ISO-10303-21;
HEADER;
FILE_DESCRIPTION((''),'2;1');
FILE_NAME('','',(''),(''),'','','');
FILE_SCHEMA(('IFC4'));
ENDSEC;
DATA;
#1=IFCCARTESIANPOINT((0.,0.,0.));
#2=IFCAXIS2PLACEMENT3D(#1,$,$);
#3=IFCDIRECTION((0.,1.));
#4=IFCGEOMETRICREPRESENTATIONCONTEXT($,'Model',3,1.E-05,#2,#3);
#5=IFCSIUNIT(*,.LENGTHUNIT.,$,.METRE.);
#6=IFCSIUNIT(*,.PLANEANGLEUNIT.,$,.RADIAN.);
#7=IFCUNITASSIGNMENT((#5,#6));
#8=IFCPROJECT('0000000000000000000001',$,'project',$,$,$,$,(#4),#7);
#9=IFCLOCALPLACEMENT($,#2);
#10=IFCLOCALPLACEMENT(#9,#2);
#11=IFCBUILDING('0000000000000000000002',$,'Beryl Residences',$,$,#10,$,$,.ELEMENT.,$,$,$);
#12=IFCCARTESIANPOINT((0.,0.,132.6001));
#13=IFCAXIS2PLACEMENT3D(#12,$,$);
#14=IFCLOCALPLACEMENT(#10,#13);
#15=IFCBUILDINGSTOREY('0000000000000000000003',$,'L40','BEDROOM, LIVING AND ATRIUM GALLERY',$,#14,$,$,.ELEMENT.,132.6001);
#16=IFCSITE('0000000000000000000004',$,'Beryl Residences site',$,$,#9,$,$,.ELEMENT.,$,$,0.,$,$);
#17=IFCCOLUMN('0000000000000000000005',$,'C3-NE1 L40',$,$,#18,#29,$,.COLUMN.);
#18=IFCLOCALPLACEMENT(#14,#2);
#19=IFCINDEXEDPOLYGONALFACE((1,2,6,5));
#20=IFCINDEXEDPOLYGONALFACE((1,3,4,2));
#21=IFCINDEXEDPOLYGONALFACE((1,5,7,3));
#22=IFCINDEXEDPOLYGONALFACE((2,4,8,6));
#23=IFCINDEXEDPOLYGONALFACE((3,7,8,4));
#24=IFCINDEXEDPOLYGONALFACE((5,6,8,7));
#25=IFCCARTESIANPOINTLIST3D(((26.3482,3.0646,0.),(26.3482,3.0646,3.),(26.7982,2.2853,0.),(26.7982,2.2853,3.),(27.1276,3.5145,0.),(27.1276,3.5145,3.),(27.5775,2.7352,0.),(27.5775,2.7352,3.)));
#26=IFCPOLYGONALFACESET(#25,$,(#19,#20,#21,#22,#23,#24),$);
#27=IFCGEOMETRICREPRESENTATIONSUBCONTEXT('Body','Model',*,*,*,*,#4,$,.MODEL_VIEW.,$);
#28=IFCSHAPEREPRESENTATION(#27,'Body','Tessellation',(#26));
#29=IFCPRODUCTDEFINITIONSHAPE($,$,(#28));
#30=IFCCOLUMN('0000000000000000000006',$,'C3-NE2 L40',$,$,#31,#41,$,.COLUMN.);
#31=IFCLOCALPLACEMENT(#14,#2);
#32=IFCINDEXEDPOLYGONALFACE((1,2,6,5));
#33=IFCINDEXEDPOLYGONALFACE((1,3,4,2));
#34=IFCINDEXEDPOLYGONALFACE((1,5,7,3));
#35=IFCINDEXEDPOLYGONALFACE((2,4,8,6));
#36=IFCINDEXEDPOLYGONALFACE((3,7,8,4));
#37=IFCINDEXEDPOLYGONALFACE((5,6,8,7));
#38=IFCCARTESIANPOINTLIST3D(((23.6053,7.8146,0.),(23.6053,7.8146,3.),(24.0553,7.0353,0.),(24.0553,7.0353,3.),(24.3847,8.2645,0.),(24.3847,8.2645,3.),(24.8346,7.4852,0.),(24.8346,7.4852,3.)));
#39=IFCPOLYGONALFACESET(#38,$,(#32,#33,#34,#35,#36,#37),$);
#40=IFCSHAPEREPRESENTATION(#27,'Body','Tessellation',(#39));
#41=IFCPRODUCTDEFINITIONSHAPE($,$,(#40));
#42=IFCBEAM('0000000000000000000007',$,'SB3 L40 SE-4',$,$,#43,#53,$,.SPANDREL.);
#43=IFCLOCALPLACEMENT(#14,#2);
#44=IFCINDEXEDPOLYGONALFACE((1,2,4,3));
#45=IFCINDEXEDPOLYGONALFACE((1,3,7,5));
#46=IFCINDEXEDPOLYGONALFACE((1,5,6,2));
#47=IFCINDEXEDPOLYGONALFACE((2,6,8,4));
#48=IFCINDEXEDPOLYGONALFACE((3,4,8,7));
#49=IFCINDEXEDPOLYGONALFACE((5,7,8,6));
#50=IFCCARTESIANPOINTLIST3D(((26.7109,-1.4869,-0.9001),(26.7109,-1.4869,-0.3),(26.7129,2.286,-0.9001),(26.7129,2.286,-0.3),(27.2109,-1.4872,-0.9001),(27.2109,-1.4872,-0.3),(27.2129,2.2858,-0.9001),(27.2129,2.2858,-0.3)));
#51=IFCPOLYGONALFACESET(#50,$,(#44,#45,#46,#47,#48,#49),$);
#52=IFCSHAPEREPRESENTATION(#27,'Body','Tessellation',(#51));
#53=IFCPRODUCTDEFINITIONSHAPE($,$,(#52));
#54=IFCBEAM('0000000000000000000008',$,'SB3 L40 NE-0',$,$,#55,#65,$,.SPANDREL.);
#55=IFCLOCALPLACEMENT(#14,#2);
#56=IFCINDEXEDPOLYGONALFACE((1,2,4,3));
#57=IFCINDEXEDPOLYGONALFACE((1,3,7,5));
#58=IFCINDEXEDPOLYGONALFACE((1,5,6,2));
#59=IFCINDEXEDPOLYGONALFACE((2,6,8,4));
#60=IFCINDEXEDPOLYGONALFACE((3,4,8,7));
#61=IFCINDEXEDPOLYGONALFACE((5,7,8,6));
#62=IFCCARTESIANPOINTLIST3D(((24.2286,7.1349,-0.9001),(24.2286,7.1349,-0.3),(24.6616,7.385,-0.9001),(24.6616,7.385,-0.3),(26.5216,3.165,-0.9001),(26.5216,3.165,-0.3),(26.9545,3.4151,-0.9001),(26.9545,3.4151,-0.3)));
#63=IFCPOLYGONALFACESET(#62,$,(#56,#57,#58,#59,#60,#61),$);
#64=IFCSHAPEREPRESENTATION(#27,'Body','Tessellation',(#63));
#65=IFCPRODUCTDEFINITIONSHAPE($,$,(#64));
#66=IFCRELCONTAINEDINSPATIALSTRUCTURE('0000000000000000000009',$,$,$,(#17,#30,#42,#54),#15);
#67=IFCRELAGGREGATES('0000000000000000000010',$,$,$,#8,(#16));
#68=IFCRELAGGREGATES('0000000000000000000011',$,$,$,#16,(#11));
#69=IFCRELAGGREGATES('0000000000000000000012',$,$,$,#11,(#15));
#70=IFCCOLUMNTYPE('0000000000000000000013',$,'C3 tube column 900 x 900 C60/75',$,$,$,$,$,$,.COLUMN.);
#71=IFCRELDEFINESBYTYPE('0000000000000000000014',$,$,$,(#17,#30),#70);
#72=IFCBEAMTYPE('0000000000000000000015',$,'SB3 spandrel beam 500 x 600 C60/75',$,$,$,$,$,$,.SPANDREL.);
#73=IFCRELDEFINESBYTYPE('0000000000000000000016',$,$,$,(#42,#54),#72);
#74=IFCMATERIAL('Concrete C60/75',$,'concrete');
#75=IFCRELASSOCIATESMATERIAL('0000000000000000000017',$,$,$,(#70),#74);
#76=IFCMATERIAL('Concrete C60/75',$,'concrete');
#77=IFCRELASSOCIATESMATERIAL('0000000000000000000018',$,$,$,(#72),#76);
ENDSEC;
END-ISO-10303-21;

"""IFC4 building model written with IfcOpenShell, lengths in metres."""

from ifc_helpers import new_model, si_unit, direction, frame, origin, origin_2d, place, context, subcontext, project, spatial, rectangle, extrude, material, material_profile, profile_set, type_object, element, save


model = new_model("IFC4")

# Units and contexts
model_context = context("Model", 3, precision=1e-05, world=origin(), true_north=direction((0.0, 1.0)))
body_context = subcontext(model_context, "Body", "Model", "MODEL_VIEW")
ifc_project = project(units=[si_unit("LENGTHUNIT", "METRE"), si_unit("PLANEANGLEUNIT", "RADIAN")], contexts=[model_context])

# Site, building, storey
site_placement = place(None, origin())
site = spatial("IfcSite", under=ifc_project, at=site_placement, Name="Beryl Residences site", CompositionType="ELEMENT", RefElevation=0.0)
building_placement = place(site_placement, origin())
building = spatial("IfcBuilding", under=site, at=building_placement, Name="Beryl Residences", CompositionType="ELEMENT")
storey_placement = place(building_placement, frame((0.0, 0.0, 132.6001)))
storey = spatial("IfcBuildingStorey", under=building, at=storey_placement, Name="L40", Description="BEDROOM, LIVING AND ATRIUM GALLERY", CompositionType="ELEMENT", Elevation=132.6001)

# Columns
ifc_material_1 = material(Name="Concrete C60/75", Category="concrete")
ifc_material_profile_1 = material_profile(ifc_material_1, rectangle(XDim=0.8999, YDim=0.8999, at=origin_2d()))
ifc_profile_set_1 = profile_set([ifc_material_profile_1], Name="Concrete C60/75")
column_type = type_object("IfcColumnType", Name="C3 tube column 900 x 900 C60/75", PredefinedType="COLUMN", material=ifc_profile_set_1)
for number, where, z_axis, x_axis, name in (
    (1, (26.9629, 2.8999, 0.0), (0.0, 0.0, 1.0), (-0.5, 0.866025, 0.0), "C3-NE1 L40"),
    (2, (24.22, 7.6499, 0.0), (0.0, 0.0, 1.0), (-0.5, 0.866025, 0.0), "C3-NE2 L40"),
):
    element("IfcColumn", number, at=place(storey_placement, frame(where, z_axis=z_axis, x_axis=x_axis)), inside=storey, type_object=column_type, Name=name, PredefinedType="COLUMN", context=body_context, shape_type="SweptSolid", body=[
        extrude(rectangle(XDim=0.8999, YDim=0.8999, at=origin_2d()), origin(), (0.0, 0.0, 1.0), 3.0),
    ])

# Beams
ifc_material_2 = material(Name="Concrete C60/75", Category="concrete")
ifc_material_profile_2 = material_profile(ifc_material_2, rectangle(XDim=0.5, YDim=0.6001, at=origin_2d()))
ifc_profile_set_2 = profile_set([ifc_material_profile_2], Name="Concrete C60/75")
beam_type = type_object("IfcBeamType", Name="SB3 spandrel beam 500 x 600 C60/75", PredefinedType="SPANDREL", material=ifc_profile_set_2)
beam_1_placement = place(storey_placement, frame((26.9609, -1.4871, -0.6001), z_axis=(0.000518, 1.0, 0.0), x_axis=(-1.0, 0.000518, 0.0)))
element("IfcBeam", 3, at=beam_1_placement, inside=storey, type_object=beam_type, Name="SB3 L40 SE-4", PredefinedType="SPANDREL", context=body_context, shape_type="SweptSolid", body=[
    extrude(rectangle(XDim=0.5, YDim=0.6001, at=origin_2d()), origin(), (0.0, 0.0, 1.0), 3.7729),
])
beam_2_placement = place(storey_placement, frame((26.738, 3.29, -0.6001), z_axis=(-0.500148, 0.86594, 0.0), x_axis=(-0.86594, -0.500148, 0.0)))
element("IfcBeam", 4, at=beam_2_placement, inside=storey, type_object=beam_type, Name="SB3 L40 NE-0", PredefinedType="SPANDREL", context=body_context, shape_type="SweptSolid", body=[
    extrude(rectangle(XDim=0.5, YDim=0.6001, at=origin_2d()), origin(), (0.0, 0.0, 1.0), 4.5845),
])

save(model, "model.ifc")
